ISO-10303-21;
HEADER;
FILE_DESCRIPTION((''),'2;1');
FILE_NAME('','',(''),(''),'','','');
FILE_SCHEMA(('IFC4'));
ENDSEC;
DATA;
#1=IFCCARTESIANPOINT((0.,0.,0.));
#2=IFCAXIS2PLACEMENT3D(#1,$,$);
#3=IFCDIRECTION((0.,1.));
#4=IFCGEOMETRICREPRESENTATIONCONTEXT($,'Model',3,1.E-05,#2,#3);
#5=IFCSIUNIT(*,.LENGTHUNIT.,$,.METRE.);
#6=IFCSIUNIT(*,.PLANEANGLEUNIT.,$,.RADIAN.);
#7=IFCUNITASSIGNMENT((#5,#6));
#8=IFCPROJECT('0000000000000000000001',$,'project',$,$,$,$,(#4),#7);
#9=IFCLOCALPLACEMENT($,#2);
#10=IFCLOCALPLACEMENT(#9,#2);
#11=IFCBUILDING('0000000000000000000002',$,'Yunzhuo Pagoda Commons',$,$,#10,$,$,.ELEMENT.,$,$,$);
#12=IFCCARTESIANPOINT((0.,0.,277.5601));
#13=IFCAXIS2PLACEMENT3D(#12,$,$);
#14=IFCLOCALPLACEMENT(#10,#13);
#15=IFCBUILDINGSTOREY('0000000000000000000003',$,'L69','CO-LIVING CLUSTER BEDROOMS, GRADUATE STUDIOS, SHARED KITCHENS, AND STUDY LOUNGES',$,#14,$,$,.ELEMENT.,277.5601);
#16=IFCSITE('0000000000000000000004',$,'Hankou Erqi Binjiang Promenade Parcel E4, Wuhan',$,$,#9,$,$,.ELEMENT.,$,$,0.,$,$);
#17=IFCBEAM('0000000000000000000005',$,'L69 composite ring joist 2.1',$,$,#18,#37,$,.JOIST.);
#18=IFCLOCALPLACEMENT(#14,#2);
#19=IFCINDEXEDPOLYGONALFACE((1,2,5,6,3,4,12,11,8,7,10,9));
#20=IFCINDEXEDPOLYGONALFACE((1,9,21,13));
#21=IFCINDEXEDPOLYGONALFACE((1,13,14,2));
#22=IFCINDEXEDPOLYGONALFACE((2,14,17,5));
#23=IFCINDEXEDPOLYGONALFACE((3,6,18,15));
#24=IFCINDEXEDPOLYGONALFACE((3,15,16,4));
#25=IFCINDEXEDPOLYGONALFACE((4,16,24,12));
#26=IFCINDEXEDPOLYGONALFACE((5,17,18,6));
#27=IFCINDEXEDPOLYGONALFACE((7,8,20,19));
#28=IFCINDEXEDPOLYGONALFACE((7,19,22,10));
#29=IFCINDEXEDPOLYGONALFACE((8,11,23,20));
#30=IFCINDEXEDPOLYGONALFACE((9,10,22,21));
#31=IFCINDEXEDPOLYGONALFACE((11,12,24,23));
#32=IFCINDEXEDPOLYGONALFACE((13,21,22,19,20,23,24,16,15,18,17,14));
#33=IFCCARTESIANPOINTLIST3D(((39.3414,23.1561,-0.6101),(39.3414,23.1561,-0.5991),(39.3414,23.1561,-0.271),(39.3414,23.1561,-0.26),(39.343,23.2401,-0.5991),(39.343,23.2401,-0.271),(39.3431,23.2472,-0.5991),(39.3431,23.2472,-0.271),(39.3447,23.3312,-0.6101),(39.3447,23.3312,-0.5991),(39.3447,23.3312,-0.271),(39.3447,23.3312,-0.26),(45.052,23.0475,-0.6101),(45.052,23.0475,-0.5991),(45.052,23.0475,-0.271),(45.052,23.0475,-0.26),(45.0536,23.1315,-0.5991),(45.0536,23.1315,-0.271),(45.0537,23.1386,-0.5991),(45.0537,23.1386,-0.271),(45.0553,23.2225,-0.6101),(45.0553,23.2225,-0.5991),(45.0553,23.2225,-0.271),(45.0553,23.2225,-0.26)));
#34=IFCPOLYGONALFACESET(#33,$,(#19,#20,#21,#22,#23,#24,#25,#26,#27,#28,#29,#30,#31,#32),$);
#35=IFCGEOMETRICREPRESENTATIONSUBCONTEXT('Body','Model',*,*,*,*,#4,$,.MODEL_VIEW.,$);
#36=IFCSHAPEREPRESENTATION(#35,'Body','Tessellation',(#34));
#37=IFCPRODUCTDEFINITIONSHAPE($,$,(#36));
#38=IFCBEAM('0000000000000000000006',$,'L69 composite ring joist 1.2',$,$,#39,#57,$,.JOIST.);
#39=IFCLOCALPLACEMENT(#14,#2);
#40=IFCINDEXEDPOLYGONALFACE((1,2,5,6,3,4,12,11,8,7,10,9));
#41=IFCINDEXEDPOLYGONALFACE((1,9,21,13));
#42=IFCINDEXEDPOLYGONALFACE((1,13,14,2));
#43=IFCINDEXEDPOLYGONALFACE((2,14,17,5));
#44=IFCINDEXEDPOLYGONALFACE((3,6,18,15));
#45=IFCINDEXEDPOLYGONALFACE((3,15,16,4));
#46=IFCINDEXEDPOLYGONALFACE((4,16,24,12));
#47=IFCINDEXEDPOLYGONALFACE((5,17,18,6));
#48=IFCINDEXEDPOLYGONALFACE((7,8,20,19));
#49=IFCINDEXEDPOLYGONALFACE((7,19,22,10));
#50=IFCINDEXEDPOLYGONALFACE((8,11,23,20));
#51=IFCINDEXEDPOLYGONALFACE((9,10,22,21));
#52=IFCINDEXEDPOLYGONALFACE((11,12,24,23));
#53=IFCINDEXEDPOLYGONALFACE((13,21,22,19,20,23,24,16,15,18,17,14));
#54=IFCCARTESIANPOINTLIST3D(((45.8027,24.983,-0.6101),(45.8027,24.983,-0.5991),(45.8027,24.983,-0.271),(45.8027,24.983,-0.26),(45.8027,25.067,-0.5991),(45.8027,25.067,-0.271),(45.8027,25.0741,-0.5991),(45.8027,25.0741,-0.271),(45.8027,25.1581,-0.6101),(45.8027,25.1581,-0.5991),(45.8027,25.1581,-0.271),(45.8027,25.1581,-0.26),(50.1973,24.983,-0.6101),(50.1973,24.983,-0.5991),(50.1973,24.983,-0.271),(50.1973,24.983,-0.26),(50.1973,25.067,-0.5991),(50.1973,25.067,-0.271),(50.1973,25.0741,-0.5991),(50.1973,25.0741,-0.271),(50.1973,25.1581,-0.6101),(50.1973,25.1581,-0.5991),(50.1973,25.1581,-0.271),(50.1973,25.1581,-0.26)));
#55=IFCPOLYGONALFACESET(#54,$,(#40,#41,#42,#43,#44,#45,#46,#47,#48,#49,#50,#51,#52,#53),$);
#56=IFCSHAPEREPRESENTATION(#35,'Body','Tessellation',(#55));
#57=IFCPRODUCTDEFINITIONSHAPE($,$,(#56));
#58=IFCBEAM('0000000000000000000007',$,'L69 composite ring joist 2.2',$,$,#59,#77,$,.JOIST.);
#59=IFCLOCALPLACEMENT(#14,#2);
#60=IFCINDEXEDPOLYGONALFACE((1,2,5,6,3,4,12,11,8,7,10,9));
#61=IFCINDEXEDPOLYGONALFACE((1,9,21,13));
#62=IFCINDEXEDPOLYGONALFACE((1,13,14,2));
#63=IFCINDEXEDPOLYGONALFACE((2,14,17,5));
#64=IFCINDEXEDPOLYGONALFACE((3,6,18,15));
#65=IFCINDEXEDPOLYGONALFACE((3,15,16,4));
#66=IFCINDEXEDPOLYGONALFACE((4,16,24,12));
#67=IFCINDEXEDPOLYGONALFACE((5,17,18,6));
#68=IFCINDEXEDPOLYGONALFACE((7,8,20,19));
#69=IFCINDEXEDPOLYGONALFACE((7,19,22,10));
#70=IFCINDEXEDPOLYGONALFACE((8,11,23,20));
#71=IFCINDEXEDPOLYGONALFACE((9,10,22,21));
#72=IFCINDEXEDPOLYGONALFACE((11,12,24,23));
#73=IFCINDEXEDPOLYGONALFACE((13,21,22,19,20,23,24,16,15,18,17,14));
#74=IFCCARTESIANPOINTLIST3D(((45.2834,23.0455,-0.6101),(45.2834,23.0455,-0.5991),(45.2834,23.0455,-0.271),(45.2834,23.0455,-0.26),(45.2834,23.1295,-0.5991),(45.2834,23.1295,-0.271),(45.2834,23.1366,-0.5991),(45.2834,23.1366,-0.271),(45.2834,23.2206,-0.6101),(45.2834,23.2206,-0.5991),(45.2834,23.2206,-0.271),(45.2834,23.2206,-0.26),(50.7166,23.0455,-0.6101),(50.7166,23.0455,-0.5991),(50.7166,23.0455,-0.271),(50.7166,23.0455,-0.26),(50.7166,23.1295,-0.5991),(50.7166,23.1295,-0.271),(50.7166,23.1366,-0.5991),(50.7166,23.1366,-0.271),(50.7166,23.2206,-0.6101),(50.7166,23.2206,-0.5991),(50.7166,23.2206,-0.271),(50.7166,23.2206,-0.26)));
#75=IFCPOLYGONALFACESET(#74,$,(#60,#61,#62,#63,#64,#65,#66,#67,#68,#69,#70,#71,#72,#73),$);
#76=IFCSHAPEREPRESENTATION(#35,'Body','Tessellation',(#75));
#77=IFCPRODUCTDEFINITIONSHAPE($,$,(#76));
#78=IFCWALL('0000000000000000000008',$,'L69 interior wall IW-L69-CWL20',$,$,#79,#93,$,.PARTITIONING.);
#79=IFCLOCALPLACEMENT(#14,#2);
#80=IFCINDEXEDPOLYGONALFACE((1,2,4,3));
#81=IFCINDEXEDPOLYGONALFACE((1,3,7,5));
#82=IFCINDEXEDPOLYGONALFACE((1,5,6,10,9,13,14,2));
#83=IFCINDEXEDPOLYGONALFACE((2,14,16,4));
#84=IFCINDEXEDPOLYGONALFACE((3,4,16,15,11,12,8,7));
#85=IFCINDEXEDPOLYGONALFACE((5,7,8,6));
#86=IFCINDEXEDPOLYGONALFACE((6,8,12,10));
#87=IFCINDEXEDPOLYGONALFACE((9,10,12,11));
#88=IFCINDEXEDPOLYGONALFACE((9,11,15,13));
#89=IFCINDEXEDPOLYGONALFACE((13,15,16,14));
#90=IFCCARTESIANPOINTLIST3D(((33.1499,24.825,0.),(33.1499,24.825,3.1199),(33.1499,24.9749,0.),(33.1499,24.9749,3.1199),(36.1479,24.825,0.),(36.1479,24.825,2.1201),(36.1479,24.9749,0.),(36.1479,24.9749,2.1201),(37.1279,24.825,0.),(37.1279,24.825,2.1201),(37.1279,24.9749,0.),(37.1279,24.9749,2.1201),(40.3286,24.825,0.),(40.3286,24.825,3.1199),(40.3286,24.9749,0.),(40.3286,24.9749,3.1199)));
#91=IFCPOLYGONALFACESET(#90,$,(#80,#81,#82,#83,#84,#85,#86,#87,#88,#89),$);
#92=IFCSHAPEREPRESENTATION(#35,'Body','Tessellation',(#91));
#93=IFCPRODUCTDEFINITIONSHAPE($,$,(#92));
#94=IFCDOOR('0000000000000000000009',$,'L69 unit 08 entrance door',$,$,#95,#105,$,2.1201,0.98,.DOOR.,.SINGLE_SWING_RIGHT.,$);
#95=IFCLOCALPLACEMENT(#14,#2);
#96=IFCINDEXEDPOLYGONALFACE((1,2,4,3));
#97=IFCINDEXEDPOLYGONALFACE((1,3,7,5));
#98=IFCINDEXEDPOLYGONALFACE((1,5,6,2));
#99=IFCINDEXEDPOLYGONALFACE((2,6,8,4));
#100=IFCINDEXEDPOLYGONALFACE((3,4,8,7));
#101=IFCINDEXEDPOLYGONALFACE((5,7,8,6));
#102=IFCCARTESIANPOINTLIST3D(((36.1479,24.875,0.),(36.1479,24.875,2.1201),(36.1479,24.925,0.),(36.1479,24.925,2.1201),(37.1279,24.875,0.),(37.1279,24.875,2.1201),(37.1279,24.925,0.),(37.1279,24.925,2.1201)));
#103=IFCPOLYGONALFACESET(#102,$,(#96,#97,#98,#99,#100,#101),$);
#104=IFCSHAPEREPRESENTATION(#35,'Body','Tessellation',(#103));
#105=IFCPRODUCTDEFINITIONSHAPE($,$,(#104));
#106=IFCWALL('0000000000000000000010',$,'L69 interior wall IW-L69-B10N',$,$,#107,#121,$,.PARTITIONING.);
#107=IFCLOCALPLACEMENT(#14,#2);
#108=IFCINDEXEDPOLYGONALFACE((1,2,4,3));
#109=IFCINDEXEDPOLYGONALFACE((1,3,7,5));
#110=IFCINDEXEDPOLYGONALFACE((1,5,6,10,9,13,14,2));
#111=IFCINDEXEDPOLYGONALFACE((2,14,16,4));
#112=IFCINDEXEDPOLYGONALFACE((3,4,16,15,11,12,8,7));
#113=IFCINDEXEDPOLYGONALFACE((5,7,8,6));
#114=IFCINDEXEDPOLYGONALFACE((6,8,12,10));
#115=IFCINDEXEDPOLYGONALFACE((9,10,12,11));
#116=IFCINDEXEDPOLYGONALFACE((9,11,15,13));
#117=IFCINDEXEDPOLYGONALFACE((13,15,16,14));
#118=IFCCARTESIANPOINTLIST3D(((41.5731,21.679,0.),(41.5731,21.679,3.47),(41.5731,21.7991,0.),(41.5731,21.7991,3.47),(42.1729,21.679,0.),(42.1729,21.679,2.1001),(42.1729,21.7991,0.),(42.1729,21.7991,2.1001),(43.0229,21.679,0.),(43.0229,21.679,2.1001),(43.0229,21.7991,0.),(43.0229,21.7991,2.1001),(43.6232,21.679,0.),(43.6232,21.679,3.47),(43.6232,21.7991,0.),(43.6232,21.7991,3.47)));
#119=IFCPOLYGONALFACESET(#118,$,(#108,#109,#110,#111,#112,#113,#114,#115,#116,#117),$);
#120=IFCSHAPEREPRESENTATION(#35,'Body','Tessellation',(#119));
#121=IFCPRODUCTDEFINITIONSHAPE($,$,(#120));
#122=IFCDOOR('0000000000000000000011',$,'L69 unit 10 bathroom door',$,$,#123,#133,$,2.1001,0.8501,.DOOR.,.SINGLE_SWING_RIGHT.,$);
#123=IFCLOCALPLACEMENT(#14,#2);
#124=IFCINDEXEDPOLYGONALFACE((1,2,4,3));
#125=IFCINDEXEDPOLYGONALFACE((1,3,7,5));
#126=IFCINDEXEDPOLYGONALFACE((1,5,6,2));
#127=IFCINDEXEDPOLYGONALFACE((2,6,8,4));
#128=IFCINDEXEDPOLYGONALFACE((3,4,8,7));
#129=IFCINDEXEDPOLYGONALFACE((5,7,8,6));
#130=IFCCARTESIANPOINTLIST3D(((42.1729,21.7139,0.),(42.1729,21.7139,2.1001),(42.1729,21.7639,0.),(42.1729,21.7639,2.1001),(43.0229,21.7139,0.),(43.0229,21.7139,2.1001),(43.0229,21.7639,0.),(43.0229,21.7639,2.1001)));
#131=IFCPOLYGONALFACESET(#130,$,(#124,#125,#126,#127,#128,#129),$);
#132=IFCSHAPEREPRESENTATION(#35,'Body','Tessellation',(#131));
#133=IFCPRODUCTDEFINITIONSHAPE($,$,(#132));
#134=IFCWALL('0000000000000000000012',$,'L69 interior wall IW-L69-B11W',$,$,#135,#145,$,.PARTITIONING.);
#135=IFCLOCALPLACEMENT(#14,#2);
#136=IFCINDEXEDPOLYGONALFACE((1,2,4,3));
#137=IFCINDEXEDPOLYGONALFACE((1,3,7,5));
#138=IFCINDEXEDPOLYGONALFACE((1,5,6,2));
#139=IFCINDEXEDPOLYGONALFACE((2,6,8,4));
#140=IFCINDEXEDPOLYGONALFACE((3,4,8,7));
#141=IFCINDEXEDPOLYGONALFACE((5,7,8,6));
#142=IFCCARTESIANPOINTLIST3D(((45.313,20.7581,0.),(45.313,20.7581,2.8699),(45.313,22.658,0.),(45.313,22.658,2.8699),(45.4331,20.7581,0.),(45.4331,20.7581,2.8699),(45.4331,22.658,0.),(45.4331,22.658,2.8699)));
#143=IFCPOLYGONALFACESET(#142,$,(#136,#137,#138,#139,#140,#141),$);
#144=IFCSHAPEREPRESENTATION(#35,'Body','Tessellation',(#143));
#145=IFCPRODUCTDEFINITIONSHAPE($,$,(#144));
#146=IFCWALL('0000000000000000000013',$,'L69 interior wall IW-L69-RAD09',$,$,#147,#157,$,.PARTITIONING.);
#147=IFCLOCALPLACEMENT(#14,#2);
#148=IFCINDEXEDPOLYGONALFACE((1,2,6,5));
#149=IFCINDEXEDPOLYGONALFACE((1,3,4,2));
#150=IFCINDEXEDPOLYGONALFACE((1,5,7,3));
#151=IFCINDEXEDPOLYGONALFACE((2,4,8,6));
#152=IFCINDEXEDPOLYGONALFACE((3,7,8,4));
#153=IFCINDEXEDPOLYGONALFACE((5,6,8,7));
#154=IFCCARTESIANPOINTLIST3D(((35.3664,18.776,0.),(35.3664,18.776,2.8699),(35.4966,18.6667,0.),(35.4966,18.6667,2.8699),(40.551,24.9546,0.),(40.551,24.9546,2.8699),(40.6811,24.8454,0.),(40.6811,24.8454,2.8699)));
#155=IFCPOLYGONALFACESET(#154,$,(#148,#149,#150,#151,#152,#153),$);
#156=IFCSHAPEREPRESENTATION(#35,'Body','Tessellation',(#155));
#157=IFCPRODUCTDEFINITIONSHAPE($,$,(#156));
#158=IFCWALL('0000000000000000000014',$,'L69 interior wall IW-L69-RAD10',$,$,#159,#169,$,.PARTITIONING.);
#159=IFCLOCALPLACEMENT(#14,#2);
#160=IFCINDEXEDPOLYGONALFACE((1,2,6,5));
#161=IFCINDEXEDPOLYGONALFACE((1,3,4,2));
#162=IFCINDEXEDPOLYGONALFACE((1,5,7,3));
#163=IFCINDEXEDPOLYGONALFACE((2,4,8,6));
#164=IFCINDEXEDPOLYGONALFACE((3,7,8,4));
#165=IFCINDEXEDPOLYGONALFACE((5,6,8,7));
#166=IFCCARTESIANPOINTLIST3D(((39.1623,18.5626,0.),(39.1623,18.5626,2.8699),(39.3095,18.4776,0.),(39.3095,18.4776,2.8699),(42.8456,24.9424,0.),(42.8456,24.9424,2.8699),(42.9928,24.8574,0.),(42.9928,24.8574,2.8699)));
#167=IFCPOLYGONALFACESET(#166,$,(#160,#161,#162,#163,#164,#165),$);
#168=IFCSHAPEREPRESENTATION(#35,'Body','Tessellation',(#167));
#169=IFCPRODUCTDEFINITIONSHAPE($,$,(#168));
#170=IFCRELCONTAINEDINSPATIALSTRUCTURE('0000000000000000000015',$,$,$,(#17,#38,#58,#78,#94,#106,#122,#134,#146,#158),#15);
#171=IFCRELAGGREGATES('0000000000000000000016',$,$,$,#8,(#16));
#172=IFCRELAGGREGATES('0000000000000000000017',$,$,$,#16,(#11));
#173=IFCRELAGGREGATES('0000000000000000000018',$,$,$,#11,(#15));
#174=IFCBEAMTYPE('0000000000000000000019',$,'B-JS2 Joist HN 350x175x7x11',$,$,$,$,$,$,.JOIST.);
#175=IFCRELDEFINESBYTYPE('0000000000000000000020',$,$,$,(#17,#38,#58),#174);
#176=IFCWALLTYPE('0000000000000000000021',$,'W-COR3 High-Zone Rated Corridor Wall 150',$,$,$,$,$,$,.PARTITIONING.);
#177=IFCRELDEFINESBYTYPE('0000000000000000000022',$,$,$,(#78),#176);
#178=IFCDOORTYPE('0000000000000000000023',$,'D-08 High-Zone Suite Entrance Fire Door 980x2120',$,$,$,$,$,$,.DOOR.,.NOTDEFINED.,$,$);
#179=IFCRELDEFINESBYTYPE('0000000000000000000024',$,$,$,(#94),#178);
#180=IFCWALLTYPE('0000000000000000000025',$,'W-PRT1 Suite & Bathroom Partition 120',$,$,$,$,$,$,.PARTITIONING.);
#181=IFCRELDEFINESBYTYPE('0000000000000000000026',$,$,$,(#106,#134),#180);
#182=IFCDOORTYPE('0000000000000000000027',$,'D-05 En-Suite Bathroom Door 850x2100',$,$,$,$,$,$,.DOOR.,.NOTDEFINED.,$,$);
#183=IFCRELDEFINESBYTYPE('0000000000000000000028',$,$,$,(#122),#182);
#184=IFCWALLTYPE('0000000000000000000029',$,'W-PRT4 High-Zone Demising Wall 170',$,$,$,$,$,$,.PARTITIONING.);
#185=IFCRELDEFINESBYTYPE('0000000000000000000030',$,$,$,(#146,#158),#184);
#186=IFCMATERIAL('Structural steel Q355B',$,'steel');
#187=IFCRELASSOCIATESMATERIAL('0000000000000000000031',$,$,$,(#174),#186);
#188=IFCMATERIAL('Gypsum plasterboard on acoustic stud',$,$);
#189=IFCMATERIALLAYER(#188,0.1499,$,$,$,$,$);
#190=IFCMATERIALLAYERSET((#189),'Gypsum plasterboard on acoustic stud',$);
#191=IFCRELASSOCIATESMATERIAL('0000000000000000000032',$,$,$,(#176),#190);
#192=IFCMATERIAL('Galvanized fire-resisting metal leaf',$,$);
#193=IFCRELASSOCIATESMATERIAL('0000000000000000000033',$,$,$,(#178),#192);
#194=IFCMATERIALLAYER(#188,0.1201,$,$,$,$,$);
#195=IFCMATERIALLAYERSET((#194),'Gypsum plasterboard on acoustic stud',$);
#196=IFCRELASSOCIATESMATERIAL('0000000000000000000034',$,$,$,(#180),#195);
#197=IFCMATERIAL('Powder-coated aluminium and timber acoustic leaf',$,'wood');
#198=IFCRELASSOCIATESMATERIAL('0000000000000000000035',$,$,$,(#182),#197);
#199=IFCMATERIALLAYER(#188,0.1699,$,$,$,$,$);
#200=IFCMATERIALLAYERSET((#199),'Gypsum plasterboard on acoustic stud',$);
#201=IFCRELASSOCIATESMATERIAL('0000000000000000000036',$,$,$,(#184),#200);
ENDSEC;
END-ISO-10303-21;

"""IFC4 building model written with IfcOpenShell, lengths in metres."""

from ifc_helpers import new_model, si_unit, direction, frame, frame_2d, origin, origin_with_axes, origin_2d, place, context, subcontext, project, spatial, rectangle, i_section, extrude, source, transform, mapped, material, layer, layer_set, material_profile, profile_set, type_object, element, fill, save


model = new_model("IFC4")

# Units and contexts
model_context = context("Model", 3, precision=1e-05, world=origin(), true_north=direction((0.0, 1.0)))
body_context = subcontext(model_context, "Body", "Model", "MODEL_VIEW")
ifc_project = project(units=[si_unit("LENGTHUNIT", "METRE"), si_unit("PLANEANGLEUNIT", "RADIAN")], contexts=[model_context])

# Site, building, storey
site_placement = place(None, origin())
site = spatial("IfcSite", under=ifc_project, at=site_placement, Name="Hankou Erqi Binjiang Promenade Parcel E4, Wuhan", CompositionType="ELEMENT", RefElevation=0.0)
building_placement = place(site_placement, origin())
building = spatial("IfcBuilding", under=site, at=building_placement, Name="Yunzhuo Pagoda Commons", CompositionType="ELEMENT")
storey_placement = place(building_placement, frame((0.0, 0.0, 277.5601)))
storey = spatial("IfcBuildingStorey", under=building, at=storey_placement, Name="L69", Description="CO-LIVING CLUSTER BEDROOMS, GRADUATE STUDIOS, SHARED KITCHENS, AND STUDY LOUNGES", CompositionType="ELEMENT", Elevation=277.5601)

# Beams
ifc_material_1 = material(Name="Structural steel Q355B", Category="steel")
ifc_material_profile = material_profile(ifc_material_1, i_section(OverallWidth=0.175, OverallDepth=0.3501, WebThickness=0.0071, FlangeThickness=0.011, at=origin_2d()), Name="Structural steel Q355B")
ifc_profile_set = profile_set([ifc_material_profile], Name="Structural steel Q355B")
beam_type = type_object("IfcBeamType", Name="B-JS2 Joist HN 350x175x7x11", PredefinedType="JOIST", material=ifc_profile_set)
shared_shape_1 = source(origin(), body_context, "Body", "SweptSolid", [
    extrude(i_section(OverallWidth=0.175, OverallDepth=0.3501, WebThickness=0.0071, FlangeThickness=0.011, at=origin_2d()), origin(), (0.0, 0.0, 1.0), 5.7117),
])
beam_1_placement = place(storey_placement, frame((39.343, 23.2437, -0.4351), z_axis=(0.999819, -0.019021, 0.0), x_axis=(0.019021, 0.999819, 0.0)))
element("IfcBeam", 1, at=beam_1_placement, inside=storey, type_object=beam_type, Name="L69 composite ring joist 2.1", PredefinedType="JOIST", context=body_context, shape_type="MappedRepresentation", body=[
    mapped(shared_shape_1, transform((0.0, 0.0, 0.0), scale=1.0)),
])
shared_shape_2 = source(origin(), body_context, "Body", "SweptSolid", [
    extrude(i_section(OverallWidth=0.175, OverallDepth=0.3501, WebThickness=0.0071, FlangeThickness=0.011, at=origin_2d()), origin(), (0.0, 0.0, 1.0), 4.3945),
])
beam_2_placement = place(storey_placement, frame((45.8027, 25.0706, -0.4351), z_axis=(1.0, 0.0, 0.0), x_axis=(0.0, 1.0, 0.0)))
element("IfcBeam", 2, at=beam_2_placement, inside=storey, type_object=beam_type, Name="L69 composite ring joist 1.2", PredefinedType="JOIST", context=body_context, shape_type="MappedRepresentation", body=[
    mapped(shared_shape_2, transform((0.0, 0.0, 0.0), scale=1.0)),
])
shared_shape_3 = source(origin(), body_context, "Body", "SweptSolid", [
    extrude(i_section(OverallWidth=0.175, OverallDepth=0.3501, WebThickness=0.0071, FlangeThickness=0.011, at=origin_2d()), origin(), (0.0, 0.0, 1.0), 5.4331),
])
beam_3_placement = place(storey_placement, frame((45.2834, 23.1331, -0.4351), z_axis=(1.0, 0.0, 0.0), x_axis=(0.0, 1.0, 0.0)))
element("IfcBeam", 3, at=beam_3_placement, inside=storey, type_object=beam_type, Name="L69 composite ring joist 2.2", PredefinedType="JOIST", context=body_context, shape_type="MappedRepresentation", body=[
    mapped(shared_shape_3, transform((0.0, 0.0, 0.0), scale=1.0)),
])

# Walls, openings, doors
ifc_material_2 = material(Name="Gypsum plasterboard on acoustic stud")
ifc_layer_1 = layer(ifc_material_2, 0.1499)
ifc_layer_set_1 = layer_set([ifc_layer_1], Name="Gypsum plasterboard on acoustic stud")
wall_type_1 = type_object("IfcWallType", Name="W-COR3 High-Zone Rated Corridor Wall 150", PredefinedType="PARTITIONING", material=ifc_layer_set_1)
ifc_material_3 = material(Name="Galvanized fire-resisting metal leaf")
door_type_1 = type_object("IfcDoorType", Name="D-08 High-Zone Suite Entrance Fire Door 980x2120", OperationType="NOTDEFINED", PredefinedType="DOOR", material=ifc_material_3)
shared_shape_4 = source(origin(), body_context, "Body", "SweptSolid", [
    extrude(rectangle(XDim=0.98, YDim=2.1201, at=frame_2d((0.49, 1.0601))), frame((0.0, 0.0249, 0.0), z_axis=(0.0, -1.0, 0.0), x_axis=(1.0, 0.0, 0.0)), (0.0, 0.0, 1.0), 0.05),
])
wall_1_placement = place(storey_placement, frame((40.3286, 24.8999, 0.0), z_axis=(0.0, 0.0, 1.0), x_axis=(-1.0, 0.0, 0.0)))
wall_1 = element("IfcWall", 4, at=wall_1_placement, inside=storey, type_object=wall_type_1, Name="L69 interior wall IW-L69-CWL20", PredefinedType="PARTITIONING", context=body_context, shape_type="SweptSolid", body=[
    extrude(rectangle(XDim=7.1787, YDim=0.1499, at=frame_2d((3.5894, 0.0))), origin(), (0.0, 0.0, 1.0), 3.1199),
])
opening_1_placement = place(wall_1_placement, frame((3.2007, 0.0, 0.0)))
opening_1 = element("IfcOpeningElement", 5, at=opening_1_placement, cuts=wall_1, PredefinedType="OPENING", context=body_context, shape_type="SweptSolid", body=[
    extrude(rectangle(XDim=0.98, YDim=2.1201, at=frame_2d((0.49, 1.0601))), frame((0.0, 0.085, 0.0), z_axis=(0.0, -1.0, 0.0), x_axis=(1.0, 0.0, 0.0)), (0.0, 0.0, 1.0), 0.1699),
])
door_1_placement = place(opening_1_placement, origin_with_axes())
door_1 = element("IfcDoor", 6, at=door_1_placement, inside=storey, type_object=door_type_1, Name="L69 unit 08 entrance door", OperationType="SINGLE_SWING_RIGHT", OverallHeight=2.1201, OverallWidth=0.98, PredefinedType="DOOR", context=body_context, shape_type="MappedRepresentation", body=[
    mapped(shared_shape_4, transform((0.0, 0.0, 0.0), scale=1.0)),
])
fill(opening_1, door_1)
ifc_layer_2 = layer(ifc_material_2, 0.1201)
ifc_layer_set_2 = layer_set([ifc_layer_2], Name="Gypsum plasterboard on acoustic stud")
wall_type_2 = type_object("IfcWallType", Name="W-PRT1 Suite & Bathroom Partition 120", PredefinedType="PARTITIONING", material=ifc_layer_set_2)
wall_2_placement = place(storey_placement, frame((43.623, 21.739, 0.0), z_axis=(0.0, 0.0, 1.0), x_axis=(-1.0, 0.0, 0.0)))
wall_2 = element("IfcWall", 7, at=wall_2_placement, inside=storey, type_object=wall_type_2, Name="L69 interior wall IW-L69-B10N", PredefinedType="PARTITIONING", context=body_context, shape_type="SweptSolid", body=[
    extrude(rectangle(XDim=2.05, YDim=0.1201, at=frame_2d((1.0249, 0.0))), origin(), (0.0, 0.0, 1.0), 3.47),
])
opening_2_placement = place(wall_2_placement, frame((0.6001, 0.0, 0.0)))
opening_2 = element("IfcOpeningElement", 8, at=opening_2_placement, cuts=wall_2, PredefinedType="OPENING", context=body_context, shape_type="SweptSolid", body=[
    extrude(rectangle(XDim=0.8501, YDim=2.1001, at=frame_2d((0.425, 1.05))), frame((0.0, 0.0701, 0.0), z_axis=(0.0, -1.0, 0.0), x_axis=(1.0, 0.0, 0.0)), (0.0, 0.0, 1.0), 0.1401),
])
ifc_material_4 = material(Name="Powder-coated aluminium and timber acoustic leaf", Category="wood")
door_type_2 = type_object("IfcDoorType", Name="D-05 En-Suite Bathroom Door 850x2100", OperationType="NOTDEFINED", PredefinedType="DOOR", material=ifc_material_4)
shared_shape_5 = source(origin(), body_context, "Body", "SweptSolid", [
    extrude(rectangle(XDim=0.8501, YDim=2.1001, at=frame_2d((0.425, 1.05))), frame((0.0, 0.0249, 0.0), z_axis=(0.0, -1.0, 0.0), x_axis=(1.0, 0.0, 0.0)), (0.0, 0.0, 1.0), 0.05),
])
door_2_placement = place(opening_2_placement, frame((0.8501, 0.0, 0.0), z_axis=(0.0, 0.0, 1.0), x_axis=(-1.0, 0.0, 0.0)))
door_2 = element("IfcDoor", 9, at=door_2_placement, inside=storey, type_object=door_type_2, Name="L69 unit 10 bathroom door", OperationType="SINGLE_SWING_RIGHT", OverallHeight=2.1001, OverallWidth=0.8501, PredefinedType="DOOR", context=body_context, shape_type="MappedRepresentation", body=[
    mapped(shared_shape_5, transform((0.0, 0.0, 0.0), scale=1.0)),
])
fill(opening_2, door_2)

# Walls
wall_3_placement = place(storey_placement, frame((45.373, 22.658, 0.0), z_axis=(0.0, 0.0, 1.0), x_axis=(0.0, -1.0, 0.0)))
element("IfcWall", 10, at=wall_3_placement, inside=storey, type_object=wall_type_2, Name="L69 interior wall IW-L69-B11W", PredefinedType="PARTITIONING", context=body_context, shape_type="SweptSolid", body=[
    extrude(rectangle(XDim=1.8999, YDim=0.1201, at=frame_2d((0.95, 0.0))), origin(), (0.0, 0.0, 1.0), 2.8699),
])
ifc_layer_3 = layer(ifc_material_2, 0.1699)
ifc_layer_set_3 = layer_set([ifc_layer_3], Name="Gypsum plasterboard on acoustic stud")
wall_type_3 = type_object("IfcWallType", Name="W-PRT4 High-Zone Demising Wall 170", PredefinedType="PARTITIONING", material=ifc_layer_set_3)
wall_4_placement = place(storey_placement, frame((40.616, 24.8999, 0.0), z_axis=(0.0, 0.0, 1.0), x_axis=(-0.642789, -0.766043, 0.0)))
element("IfcWall", 11, at=wall_4_placement, inside=storey, type_object=wall_type_3, Name="L69 interior wall IW-L69-RAD09", PredefinedType="PARTITIONING", context=body_context, shape_type="SweptSolid", body=[
    extrude(rectangle(XDim=8.0657, YDim=0.1699, at=frame_2d((4.0327, 0.0))), origin(), (0.0, 0.0, 1.0), 2.8699),
])
wall_5_placement = place(storey_placement, frame((42.9192, 24.8999, 0.0), z_axis=(0.0, 0.0, 1.0), x_axis=(-0.499992, -0.86603, 0.0)))
element("IfcWall", 12, at=wall_5_placement, inside=storey, type_object=wall_type_3, Name="L69 interior wall IW-L69-RAD10", PredefinedType="PARTITIONING", context=body_context, shape_type="SweptSolid", body=[
    extrude(rectangle(XDim=7.3667, YDim=0.1699, at=frame_2d((3.6833, 0.0))), origin(), (0.0, 0.0, 1.0), 2.8699),
])

save(model, "model.ifc")
